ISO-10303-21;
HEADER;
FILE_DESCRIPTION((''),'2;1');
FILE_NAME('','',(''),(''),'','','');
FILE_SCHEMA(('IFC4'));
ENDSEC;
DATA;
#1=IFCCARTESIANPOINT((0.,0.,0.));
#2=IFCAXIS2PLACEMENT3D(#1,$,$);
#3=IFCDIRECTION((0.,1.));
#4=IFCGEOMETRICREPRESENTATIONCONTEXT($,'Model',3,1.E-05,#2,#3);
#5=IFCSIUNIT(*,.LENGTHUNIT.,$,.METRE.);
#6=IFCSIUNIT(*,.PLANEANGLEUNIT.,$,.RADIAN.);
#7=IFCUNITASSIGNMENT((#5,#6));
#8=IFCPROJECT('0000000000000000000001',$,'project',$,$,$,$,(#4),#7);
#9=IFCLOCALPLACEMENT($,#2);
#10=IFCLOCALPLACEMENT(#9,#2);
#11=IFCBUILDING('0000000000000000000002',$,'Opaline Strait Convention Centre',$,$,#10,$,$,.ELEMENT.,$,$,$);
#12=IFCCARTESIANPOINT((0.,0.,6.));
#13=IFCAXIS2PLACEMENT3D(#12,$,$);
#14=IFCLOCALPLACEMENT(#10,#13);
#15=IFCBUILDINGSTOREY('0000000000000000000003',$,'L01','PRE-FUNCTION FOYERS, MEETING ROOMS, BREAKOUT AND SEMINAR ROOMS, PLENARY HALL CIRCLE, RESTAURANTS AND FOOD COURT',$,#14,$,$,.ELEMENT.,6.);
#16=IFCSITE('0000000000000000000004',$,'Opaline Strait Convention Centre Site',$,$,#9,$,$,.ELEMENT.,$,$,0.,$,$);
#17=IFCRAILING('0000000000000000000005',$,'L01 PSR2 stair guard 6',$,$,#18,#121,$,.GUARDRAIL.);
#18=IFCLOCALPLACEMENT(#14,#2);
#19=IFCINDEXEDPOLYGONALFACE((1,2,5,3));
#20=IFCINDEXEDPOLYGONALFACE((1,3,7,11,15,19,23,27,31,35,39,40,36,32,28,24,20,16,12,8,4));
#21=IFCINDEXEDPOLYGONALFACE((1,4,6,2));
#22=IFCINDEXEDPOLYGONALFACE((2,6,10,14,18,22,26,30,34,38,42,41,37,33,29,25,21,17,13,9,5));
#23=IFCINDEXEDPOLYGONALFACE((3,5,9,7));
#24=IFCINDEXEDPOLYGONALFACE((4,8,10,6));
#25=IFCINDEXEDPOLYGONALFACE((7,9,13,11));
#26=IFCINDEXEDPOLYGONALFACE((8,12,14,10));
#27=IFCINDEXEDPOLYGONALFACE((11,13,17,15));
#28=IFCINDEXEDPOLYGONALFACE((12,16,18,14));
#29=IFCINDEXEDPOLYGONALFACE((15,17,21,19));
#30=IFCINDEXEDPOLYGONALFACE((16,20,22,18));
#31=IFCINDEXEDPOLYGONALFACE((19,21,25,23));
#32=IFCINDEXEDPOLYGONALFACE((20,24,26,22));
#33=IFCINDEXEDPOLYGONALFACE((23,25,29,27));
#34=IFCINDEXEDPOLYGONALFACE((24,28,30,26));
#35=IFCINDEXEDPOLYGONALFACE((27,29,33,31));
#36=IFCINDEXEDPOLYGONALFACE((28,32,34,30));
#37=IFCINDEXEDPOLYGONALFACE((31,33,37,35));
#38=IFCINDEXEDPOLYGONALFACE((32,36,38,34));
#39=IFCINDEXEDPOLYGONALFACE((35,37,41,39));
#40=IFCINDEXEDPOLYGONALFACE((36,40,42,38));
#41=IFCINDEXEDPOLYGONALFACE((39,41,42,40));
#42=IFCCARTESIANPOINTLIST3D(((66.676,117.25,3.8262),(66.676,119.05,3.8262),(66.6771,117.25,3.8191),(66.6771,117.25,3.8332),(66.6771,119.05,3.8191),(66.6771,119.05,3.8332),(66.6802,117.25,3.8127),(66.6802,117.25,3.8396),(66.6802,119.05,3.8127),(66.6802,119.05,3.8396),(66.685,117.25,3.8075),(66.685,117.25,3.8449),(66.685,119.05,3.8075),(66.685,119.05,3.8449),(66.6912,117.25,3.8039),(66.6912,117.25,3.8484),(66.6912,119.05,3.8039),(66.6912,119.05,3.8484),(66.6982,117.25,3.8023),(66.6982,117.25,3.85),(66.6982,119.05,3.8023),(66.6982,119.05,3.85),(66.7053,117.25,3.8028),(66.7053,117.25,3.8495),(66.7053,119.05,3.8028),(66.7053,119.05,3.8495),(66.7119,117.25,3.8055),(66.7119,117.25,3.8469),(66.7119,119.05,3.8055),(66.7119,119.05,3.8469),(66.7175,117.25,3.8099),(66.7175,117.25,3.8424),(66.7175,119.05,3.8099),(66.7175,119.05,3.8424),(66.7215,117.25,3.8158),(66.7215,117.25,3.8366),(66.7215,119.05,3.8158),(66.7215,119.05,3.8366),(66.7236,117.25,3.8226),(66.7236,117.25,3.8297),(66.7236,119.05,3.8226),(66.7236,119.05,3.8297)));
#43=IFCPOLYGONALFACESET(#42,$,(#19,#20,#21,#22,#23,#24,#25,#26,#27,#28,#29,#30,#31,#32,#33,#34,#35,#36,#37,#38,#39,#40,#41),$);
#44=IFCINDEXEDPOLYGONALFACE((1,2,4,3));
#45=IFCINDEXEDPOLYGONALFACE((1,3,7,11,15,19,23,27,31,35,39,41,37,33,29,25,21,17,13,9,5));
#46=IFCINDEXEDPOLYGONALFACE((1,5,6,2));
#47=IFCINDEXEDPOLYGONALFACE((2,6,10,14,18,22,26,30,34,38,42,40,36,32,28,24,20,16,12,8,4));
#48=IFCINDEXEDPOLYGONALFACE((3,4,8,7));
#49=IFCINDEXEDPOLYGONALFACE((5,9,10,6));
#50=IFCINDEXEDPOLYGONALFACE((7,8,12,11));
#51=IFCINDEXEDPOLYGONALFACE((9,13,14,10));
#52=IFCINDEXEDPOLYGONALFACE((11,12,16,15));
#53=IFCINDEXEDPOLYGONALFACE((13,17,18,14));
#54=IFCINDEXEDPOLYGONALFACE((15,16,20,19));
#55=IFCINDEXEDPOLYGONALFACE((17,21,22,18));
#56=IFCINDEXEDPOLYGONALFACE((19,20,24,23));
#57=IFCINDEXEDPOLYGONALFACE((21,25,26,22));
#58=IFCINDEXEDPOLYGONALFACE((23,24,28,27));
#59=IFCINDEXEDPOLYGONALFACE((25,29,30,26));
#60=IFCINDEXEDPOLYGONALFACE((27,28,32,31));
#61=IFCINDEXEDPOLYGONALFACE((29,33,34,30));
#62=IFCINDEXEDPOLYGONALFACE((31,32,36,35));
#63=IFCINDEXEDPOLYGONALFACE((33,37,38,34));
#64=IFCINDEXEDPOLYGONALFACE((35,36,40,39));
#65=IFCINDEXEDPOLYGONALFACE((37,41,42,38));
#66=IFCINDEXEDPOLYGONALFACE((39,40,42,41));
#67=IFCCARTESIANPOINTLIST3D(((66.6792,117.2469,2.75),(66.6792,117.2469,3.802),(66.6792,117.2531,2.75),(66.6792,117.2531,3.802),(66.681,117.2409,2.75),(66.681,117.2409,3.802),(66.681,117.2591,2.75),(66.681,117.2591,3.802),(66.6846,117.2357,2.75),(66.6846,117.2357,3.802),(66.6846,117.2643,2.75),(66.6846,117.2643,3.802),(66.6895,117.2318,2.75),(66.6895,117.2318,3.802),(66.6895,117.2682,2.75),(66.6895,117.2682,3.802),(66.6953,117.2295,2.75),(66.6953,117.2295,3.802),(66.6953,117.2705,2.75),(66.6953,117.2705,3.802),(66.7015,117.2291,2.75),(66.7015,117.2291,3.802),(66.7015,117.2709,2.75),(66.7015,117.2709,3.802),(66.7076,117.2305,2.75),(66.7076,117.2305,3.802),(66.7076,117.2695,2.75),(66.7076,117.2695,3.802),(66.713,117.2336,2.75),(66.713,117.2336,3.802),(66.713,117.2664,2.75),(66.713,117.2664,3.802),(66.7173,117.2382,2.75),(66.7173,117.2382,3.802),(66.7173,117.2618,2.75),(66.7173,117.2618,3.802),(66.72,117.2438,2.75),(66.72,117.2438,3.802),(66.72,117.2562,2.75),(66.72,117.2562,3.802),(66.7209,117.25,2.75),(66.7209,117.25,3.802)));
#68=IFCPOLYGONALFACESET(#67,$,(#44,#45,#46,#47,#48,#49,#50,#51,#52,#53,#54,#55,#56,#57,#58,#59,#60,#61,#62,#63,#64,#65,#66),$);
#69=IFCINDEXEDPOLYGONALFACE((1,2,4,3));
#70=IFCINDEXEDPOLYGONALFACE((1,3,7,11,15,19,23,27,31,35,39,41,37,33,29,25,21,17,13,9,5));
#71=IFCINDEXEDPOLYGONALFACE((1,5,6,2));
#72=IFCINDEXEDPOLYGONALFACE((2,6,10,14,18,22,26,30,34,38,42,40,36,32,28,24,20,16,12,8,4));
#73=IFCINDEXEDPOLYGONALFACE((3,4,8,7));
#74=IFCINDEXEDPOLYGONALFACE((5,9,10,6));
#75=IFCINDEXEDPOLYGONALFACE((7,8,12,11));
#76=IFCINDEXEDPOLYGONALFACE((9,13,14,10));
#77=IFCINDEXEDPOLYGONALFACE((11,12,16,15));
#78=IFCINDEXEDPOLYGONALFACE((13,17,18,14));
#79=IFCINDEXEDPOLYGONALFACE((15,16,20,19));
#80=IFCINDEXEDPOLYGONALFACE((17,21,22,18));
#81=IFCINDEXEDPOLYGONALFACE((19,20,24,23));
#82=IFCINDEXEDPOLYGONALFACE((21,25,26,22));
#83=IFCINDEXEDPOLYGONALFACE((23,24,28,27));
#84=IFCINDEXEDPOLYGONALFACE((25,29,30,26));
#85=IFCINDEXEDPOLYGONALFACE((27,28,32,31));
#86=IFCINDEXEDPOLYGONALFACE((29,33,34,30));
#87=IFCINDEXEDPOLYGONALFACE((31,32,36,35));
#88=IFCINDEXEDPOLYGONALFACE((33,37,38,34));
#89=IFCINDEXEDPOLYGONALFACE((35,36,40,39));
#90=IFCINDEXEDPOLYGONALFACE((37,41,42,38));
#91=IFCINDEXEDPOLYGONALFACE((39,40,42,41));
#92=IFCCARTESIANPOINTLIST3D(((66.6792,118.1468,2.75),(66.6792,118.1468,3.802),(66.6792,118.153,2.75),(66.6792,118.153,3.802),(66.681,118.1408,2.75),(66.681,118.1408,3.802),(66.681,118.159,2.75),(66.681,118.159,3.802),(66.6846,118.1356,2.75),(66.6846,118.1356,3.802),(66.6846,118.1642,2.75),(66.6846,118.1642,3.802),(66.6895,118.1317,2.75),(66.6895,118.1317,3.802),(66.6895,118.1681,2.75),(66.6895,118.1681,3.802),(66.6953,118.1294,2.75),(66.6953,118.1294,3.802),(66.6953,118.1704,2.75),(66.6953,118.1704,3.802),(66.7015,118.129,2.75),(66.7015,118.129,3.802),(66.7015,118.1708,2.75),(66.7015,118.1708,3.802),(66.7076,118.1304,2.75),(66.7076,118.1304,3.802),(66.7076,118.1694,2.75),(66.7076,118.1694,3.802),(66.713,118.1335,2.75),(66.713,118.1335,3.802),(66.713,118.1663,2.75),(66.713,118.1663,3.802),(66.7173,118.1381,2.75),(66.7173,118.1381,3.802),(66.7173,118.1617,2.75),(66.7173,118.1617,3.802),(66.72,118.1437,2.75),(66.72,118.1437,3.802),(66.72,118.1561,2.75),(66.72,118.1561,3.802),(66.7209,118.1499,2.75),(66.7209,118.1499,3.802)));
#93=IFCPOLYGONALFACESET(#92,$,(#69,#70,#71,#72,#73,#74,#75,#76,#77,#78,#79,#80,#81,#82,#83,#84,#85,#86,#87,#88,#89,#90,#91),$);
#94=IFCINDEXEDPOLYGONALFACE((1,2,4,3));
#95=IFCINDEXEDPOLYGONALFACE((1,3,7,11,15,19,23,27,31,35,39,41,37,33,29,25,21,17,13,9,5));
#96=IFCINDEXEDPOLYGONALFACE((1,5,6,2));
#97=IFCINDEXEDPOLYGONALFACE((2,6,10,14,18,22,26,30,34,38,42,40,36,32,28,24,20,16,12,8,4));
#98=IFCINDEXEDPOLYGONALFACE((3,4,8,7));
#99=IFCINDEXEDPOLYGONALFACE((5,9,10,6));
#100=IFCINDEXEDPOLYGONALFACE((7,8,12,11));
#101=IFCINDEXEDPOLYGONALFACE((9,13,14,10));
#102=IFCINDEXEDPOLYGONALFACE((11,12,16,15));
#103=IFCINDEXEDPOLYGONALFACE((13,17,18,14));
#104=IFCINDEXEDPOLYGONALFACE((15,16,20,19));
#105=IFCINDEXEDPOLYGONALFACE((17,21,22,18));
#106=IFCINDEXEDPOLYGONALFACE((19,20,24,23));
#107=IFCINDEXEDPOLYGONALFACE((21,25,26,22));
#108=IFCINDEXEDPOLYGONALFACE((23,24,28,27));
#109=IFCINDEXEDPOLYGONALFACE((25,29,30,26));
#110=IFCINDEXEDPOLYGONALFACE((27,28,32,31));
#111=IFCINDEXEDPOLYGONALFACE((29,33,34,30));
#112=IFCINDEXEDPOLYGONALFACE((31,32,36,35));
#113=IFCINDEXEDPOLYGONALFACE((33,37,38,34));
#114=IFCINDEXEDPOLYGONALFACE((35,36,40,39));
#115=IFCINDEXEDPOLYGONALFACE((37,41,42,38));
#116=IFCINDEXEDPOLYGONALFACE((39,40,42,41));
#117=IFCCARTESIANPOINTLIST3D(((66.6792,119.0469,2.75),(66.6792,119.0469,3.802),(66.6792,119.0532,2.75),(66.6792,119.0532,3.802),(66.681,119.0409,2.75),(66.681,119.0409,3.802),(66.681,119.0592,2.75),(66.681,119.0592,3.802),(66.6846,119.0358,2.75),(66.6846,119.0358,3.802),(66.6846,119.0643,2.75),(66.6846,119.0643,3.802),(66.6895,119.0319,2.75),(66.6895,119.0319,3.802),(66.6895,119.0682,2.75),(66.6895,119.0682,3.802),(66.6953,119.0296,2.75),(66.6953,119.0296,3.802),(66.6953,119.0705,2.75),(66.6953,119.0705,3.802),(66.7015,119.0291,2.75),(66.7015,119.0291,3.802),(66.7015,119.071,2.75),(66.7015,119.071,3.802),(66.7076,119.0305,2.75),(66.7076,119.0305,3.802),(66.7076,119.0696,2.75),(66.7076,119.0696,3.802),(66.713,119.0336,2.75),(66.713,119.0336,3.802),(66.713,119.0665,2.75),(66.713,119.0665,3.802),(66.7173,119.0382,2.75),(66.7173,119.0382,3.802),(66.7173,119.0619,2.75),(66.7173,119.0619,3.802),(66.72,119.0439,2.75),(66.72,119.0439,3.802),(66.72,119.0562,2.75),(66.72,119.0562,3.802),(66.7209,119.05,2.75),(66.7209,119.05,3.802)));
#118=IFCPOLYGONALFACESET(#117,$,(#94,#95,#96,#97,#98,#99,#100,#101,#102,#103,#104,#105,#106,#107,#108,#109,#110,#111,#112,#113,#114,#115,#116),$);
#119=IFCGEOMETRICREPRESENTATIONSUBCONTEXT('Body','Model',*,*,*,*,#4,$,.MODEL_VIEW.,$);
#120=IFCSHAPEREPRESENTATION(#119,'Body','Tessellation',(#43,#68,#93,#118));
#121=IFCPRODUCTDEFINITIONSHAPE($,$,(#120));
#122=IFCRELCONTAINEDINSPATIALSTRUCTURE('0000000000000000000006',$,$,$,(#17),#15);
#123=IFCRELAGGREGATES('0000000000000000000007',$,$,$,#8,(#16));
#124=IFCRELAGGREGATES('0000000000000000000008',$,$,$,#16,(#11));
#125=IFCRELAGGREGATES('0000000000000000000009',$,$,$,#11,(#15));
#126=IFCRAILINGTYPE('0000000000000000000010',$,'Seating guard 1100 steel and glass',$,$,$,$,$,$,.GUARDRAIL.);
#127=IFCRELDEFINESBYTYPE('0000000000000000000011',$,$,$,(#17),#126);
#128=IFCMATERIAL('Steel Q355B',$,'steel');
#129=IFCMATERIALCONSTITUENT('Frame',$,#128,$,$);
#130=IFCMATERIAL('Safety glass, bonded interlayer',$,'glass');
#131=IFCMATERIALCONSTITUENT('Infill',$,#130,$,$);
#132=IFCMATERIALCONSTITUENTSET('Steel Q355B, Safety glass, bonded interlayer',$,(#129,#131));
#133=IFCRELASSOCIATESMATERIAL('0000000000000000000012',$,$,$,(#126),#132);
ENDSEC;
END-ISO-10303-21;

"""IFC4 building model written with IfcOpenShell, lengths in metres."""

from ifc_helpers import new_model, si_unit, direction, frame, origin, origin_2d, place, context, subcontext, project, spatial, circle, extrude, material, constituent, constituent_set, type_object, element, save


model = new_model("IFC4")

# Units and contexts
model_context = context("Model", 3, precision=1e-05, world=origin(), true_north=direction((0.0, 1.0)))
body_context = subcontext(model_context, "Body", "Model", "MODEL_VIEW")
ifc_project = project(units=[si_unit("LENGTHUNIT", "METRE"), si_unit("PLANEANGLEUNIT", "RADIAN")], contexts=[model_context])

# Site, building, storey
site_placement = place(None, origin())
site = spatial("IfcSite", under=ifc_project, at=site_placement, Name="Opaline Strait Convention Centre Site", CompositionType="ELEMENT", RefElevation=0.0)
building_placement = place(site_placement, origin())
building = spatial("IfcBuilding", under=site, at=building_placement, Name="Opaline Strait Convention Centre", CompositionType="ELEMENT")
storey_placement = place(building_placement, frame((0.0, 0.0, 6.0)))
storey = spatial("IfcBuildingStorey", under=building, at=storey_placement, Name="L01", Description="PRE-FUNCTION FOYERS, MEETING ROOMS, BREAKOUT AND SEMINAR ROOMS, PLENARY HALL CIRCLE, RESTAURANTS AND FOOD COURT", CompositionType="ELEMENT", Elevation=6.0)

# Railing
ifc_material_1 = material(Name="Steel Q355B", Category="steel")
ifc_constituent_1 = constituent(ifc_material_1, Name="Frame")
ifc_material_2 = material(Name="Safety glass, bonded interlayer", Category="glass")
ifc_constituent_2 = constituent(ifc_material_2, Name="Infill")
ifc_constituent_set_1 = constituent_set(constituents=[ifc_constituent_1, ifc_constituent_2], Name="Steel Q355B, Safety glass, bonded interlayer")
railing_type_1 = type_object("IfcRailingType", Name="Seating guard 1100 steel and glass", PredefinedType="GUARDRAIL", material=ifc_constituent_set_1)
railing_1_placement = place(storey_placement, frame((66.7, 117.25, 2.75)))
element("IfcRailing", 1, at=railing_1_placement, inside=storey, type_object=railing_type_1, Name="L01 PSR2 stair guard 6", PredefinedType="GUARDRAIL", context=body_context, shape_type="SweptSolid", body=[
    extrude(circle(Radius=0.0239, at=origin_2d()), frame((0.0, 0.0, 1.0762), z_axis=(0.0, 1.0, 0.0), x_axis=(-1.0, 0.0, 0.0)), (0.0, 0.0, 1.0), 1.8),
    extrude(circle(Radius=0.021, at=origin_2d()), origin(), (0.0, 0.0, 1.0), 1.052),
    extrude(circle(Radius=0.021, at=origin_2d()), frame((0.0, 0.8999, 0.0)), (0.0, 0.0, 1.0), 1.052),
    extrude(circle(Radius=0.021, at=origin_2d()), frame((0.0, 1.8, 0.0)), (0.0, 0.0, 1.0), 1.052),
])

save(model, "model.ifc")
